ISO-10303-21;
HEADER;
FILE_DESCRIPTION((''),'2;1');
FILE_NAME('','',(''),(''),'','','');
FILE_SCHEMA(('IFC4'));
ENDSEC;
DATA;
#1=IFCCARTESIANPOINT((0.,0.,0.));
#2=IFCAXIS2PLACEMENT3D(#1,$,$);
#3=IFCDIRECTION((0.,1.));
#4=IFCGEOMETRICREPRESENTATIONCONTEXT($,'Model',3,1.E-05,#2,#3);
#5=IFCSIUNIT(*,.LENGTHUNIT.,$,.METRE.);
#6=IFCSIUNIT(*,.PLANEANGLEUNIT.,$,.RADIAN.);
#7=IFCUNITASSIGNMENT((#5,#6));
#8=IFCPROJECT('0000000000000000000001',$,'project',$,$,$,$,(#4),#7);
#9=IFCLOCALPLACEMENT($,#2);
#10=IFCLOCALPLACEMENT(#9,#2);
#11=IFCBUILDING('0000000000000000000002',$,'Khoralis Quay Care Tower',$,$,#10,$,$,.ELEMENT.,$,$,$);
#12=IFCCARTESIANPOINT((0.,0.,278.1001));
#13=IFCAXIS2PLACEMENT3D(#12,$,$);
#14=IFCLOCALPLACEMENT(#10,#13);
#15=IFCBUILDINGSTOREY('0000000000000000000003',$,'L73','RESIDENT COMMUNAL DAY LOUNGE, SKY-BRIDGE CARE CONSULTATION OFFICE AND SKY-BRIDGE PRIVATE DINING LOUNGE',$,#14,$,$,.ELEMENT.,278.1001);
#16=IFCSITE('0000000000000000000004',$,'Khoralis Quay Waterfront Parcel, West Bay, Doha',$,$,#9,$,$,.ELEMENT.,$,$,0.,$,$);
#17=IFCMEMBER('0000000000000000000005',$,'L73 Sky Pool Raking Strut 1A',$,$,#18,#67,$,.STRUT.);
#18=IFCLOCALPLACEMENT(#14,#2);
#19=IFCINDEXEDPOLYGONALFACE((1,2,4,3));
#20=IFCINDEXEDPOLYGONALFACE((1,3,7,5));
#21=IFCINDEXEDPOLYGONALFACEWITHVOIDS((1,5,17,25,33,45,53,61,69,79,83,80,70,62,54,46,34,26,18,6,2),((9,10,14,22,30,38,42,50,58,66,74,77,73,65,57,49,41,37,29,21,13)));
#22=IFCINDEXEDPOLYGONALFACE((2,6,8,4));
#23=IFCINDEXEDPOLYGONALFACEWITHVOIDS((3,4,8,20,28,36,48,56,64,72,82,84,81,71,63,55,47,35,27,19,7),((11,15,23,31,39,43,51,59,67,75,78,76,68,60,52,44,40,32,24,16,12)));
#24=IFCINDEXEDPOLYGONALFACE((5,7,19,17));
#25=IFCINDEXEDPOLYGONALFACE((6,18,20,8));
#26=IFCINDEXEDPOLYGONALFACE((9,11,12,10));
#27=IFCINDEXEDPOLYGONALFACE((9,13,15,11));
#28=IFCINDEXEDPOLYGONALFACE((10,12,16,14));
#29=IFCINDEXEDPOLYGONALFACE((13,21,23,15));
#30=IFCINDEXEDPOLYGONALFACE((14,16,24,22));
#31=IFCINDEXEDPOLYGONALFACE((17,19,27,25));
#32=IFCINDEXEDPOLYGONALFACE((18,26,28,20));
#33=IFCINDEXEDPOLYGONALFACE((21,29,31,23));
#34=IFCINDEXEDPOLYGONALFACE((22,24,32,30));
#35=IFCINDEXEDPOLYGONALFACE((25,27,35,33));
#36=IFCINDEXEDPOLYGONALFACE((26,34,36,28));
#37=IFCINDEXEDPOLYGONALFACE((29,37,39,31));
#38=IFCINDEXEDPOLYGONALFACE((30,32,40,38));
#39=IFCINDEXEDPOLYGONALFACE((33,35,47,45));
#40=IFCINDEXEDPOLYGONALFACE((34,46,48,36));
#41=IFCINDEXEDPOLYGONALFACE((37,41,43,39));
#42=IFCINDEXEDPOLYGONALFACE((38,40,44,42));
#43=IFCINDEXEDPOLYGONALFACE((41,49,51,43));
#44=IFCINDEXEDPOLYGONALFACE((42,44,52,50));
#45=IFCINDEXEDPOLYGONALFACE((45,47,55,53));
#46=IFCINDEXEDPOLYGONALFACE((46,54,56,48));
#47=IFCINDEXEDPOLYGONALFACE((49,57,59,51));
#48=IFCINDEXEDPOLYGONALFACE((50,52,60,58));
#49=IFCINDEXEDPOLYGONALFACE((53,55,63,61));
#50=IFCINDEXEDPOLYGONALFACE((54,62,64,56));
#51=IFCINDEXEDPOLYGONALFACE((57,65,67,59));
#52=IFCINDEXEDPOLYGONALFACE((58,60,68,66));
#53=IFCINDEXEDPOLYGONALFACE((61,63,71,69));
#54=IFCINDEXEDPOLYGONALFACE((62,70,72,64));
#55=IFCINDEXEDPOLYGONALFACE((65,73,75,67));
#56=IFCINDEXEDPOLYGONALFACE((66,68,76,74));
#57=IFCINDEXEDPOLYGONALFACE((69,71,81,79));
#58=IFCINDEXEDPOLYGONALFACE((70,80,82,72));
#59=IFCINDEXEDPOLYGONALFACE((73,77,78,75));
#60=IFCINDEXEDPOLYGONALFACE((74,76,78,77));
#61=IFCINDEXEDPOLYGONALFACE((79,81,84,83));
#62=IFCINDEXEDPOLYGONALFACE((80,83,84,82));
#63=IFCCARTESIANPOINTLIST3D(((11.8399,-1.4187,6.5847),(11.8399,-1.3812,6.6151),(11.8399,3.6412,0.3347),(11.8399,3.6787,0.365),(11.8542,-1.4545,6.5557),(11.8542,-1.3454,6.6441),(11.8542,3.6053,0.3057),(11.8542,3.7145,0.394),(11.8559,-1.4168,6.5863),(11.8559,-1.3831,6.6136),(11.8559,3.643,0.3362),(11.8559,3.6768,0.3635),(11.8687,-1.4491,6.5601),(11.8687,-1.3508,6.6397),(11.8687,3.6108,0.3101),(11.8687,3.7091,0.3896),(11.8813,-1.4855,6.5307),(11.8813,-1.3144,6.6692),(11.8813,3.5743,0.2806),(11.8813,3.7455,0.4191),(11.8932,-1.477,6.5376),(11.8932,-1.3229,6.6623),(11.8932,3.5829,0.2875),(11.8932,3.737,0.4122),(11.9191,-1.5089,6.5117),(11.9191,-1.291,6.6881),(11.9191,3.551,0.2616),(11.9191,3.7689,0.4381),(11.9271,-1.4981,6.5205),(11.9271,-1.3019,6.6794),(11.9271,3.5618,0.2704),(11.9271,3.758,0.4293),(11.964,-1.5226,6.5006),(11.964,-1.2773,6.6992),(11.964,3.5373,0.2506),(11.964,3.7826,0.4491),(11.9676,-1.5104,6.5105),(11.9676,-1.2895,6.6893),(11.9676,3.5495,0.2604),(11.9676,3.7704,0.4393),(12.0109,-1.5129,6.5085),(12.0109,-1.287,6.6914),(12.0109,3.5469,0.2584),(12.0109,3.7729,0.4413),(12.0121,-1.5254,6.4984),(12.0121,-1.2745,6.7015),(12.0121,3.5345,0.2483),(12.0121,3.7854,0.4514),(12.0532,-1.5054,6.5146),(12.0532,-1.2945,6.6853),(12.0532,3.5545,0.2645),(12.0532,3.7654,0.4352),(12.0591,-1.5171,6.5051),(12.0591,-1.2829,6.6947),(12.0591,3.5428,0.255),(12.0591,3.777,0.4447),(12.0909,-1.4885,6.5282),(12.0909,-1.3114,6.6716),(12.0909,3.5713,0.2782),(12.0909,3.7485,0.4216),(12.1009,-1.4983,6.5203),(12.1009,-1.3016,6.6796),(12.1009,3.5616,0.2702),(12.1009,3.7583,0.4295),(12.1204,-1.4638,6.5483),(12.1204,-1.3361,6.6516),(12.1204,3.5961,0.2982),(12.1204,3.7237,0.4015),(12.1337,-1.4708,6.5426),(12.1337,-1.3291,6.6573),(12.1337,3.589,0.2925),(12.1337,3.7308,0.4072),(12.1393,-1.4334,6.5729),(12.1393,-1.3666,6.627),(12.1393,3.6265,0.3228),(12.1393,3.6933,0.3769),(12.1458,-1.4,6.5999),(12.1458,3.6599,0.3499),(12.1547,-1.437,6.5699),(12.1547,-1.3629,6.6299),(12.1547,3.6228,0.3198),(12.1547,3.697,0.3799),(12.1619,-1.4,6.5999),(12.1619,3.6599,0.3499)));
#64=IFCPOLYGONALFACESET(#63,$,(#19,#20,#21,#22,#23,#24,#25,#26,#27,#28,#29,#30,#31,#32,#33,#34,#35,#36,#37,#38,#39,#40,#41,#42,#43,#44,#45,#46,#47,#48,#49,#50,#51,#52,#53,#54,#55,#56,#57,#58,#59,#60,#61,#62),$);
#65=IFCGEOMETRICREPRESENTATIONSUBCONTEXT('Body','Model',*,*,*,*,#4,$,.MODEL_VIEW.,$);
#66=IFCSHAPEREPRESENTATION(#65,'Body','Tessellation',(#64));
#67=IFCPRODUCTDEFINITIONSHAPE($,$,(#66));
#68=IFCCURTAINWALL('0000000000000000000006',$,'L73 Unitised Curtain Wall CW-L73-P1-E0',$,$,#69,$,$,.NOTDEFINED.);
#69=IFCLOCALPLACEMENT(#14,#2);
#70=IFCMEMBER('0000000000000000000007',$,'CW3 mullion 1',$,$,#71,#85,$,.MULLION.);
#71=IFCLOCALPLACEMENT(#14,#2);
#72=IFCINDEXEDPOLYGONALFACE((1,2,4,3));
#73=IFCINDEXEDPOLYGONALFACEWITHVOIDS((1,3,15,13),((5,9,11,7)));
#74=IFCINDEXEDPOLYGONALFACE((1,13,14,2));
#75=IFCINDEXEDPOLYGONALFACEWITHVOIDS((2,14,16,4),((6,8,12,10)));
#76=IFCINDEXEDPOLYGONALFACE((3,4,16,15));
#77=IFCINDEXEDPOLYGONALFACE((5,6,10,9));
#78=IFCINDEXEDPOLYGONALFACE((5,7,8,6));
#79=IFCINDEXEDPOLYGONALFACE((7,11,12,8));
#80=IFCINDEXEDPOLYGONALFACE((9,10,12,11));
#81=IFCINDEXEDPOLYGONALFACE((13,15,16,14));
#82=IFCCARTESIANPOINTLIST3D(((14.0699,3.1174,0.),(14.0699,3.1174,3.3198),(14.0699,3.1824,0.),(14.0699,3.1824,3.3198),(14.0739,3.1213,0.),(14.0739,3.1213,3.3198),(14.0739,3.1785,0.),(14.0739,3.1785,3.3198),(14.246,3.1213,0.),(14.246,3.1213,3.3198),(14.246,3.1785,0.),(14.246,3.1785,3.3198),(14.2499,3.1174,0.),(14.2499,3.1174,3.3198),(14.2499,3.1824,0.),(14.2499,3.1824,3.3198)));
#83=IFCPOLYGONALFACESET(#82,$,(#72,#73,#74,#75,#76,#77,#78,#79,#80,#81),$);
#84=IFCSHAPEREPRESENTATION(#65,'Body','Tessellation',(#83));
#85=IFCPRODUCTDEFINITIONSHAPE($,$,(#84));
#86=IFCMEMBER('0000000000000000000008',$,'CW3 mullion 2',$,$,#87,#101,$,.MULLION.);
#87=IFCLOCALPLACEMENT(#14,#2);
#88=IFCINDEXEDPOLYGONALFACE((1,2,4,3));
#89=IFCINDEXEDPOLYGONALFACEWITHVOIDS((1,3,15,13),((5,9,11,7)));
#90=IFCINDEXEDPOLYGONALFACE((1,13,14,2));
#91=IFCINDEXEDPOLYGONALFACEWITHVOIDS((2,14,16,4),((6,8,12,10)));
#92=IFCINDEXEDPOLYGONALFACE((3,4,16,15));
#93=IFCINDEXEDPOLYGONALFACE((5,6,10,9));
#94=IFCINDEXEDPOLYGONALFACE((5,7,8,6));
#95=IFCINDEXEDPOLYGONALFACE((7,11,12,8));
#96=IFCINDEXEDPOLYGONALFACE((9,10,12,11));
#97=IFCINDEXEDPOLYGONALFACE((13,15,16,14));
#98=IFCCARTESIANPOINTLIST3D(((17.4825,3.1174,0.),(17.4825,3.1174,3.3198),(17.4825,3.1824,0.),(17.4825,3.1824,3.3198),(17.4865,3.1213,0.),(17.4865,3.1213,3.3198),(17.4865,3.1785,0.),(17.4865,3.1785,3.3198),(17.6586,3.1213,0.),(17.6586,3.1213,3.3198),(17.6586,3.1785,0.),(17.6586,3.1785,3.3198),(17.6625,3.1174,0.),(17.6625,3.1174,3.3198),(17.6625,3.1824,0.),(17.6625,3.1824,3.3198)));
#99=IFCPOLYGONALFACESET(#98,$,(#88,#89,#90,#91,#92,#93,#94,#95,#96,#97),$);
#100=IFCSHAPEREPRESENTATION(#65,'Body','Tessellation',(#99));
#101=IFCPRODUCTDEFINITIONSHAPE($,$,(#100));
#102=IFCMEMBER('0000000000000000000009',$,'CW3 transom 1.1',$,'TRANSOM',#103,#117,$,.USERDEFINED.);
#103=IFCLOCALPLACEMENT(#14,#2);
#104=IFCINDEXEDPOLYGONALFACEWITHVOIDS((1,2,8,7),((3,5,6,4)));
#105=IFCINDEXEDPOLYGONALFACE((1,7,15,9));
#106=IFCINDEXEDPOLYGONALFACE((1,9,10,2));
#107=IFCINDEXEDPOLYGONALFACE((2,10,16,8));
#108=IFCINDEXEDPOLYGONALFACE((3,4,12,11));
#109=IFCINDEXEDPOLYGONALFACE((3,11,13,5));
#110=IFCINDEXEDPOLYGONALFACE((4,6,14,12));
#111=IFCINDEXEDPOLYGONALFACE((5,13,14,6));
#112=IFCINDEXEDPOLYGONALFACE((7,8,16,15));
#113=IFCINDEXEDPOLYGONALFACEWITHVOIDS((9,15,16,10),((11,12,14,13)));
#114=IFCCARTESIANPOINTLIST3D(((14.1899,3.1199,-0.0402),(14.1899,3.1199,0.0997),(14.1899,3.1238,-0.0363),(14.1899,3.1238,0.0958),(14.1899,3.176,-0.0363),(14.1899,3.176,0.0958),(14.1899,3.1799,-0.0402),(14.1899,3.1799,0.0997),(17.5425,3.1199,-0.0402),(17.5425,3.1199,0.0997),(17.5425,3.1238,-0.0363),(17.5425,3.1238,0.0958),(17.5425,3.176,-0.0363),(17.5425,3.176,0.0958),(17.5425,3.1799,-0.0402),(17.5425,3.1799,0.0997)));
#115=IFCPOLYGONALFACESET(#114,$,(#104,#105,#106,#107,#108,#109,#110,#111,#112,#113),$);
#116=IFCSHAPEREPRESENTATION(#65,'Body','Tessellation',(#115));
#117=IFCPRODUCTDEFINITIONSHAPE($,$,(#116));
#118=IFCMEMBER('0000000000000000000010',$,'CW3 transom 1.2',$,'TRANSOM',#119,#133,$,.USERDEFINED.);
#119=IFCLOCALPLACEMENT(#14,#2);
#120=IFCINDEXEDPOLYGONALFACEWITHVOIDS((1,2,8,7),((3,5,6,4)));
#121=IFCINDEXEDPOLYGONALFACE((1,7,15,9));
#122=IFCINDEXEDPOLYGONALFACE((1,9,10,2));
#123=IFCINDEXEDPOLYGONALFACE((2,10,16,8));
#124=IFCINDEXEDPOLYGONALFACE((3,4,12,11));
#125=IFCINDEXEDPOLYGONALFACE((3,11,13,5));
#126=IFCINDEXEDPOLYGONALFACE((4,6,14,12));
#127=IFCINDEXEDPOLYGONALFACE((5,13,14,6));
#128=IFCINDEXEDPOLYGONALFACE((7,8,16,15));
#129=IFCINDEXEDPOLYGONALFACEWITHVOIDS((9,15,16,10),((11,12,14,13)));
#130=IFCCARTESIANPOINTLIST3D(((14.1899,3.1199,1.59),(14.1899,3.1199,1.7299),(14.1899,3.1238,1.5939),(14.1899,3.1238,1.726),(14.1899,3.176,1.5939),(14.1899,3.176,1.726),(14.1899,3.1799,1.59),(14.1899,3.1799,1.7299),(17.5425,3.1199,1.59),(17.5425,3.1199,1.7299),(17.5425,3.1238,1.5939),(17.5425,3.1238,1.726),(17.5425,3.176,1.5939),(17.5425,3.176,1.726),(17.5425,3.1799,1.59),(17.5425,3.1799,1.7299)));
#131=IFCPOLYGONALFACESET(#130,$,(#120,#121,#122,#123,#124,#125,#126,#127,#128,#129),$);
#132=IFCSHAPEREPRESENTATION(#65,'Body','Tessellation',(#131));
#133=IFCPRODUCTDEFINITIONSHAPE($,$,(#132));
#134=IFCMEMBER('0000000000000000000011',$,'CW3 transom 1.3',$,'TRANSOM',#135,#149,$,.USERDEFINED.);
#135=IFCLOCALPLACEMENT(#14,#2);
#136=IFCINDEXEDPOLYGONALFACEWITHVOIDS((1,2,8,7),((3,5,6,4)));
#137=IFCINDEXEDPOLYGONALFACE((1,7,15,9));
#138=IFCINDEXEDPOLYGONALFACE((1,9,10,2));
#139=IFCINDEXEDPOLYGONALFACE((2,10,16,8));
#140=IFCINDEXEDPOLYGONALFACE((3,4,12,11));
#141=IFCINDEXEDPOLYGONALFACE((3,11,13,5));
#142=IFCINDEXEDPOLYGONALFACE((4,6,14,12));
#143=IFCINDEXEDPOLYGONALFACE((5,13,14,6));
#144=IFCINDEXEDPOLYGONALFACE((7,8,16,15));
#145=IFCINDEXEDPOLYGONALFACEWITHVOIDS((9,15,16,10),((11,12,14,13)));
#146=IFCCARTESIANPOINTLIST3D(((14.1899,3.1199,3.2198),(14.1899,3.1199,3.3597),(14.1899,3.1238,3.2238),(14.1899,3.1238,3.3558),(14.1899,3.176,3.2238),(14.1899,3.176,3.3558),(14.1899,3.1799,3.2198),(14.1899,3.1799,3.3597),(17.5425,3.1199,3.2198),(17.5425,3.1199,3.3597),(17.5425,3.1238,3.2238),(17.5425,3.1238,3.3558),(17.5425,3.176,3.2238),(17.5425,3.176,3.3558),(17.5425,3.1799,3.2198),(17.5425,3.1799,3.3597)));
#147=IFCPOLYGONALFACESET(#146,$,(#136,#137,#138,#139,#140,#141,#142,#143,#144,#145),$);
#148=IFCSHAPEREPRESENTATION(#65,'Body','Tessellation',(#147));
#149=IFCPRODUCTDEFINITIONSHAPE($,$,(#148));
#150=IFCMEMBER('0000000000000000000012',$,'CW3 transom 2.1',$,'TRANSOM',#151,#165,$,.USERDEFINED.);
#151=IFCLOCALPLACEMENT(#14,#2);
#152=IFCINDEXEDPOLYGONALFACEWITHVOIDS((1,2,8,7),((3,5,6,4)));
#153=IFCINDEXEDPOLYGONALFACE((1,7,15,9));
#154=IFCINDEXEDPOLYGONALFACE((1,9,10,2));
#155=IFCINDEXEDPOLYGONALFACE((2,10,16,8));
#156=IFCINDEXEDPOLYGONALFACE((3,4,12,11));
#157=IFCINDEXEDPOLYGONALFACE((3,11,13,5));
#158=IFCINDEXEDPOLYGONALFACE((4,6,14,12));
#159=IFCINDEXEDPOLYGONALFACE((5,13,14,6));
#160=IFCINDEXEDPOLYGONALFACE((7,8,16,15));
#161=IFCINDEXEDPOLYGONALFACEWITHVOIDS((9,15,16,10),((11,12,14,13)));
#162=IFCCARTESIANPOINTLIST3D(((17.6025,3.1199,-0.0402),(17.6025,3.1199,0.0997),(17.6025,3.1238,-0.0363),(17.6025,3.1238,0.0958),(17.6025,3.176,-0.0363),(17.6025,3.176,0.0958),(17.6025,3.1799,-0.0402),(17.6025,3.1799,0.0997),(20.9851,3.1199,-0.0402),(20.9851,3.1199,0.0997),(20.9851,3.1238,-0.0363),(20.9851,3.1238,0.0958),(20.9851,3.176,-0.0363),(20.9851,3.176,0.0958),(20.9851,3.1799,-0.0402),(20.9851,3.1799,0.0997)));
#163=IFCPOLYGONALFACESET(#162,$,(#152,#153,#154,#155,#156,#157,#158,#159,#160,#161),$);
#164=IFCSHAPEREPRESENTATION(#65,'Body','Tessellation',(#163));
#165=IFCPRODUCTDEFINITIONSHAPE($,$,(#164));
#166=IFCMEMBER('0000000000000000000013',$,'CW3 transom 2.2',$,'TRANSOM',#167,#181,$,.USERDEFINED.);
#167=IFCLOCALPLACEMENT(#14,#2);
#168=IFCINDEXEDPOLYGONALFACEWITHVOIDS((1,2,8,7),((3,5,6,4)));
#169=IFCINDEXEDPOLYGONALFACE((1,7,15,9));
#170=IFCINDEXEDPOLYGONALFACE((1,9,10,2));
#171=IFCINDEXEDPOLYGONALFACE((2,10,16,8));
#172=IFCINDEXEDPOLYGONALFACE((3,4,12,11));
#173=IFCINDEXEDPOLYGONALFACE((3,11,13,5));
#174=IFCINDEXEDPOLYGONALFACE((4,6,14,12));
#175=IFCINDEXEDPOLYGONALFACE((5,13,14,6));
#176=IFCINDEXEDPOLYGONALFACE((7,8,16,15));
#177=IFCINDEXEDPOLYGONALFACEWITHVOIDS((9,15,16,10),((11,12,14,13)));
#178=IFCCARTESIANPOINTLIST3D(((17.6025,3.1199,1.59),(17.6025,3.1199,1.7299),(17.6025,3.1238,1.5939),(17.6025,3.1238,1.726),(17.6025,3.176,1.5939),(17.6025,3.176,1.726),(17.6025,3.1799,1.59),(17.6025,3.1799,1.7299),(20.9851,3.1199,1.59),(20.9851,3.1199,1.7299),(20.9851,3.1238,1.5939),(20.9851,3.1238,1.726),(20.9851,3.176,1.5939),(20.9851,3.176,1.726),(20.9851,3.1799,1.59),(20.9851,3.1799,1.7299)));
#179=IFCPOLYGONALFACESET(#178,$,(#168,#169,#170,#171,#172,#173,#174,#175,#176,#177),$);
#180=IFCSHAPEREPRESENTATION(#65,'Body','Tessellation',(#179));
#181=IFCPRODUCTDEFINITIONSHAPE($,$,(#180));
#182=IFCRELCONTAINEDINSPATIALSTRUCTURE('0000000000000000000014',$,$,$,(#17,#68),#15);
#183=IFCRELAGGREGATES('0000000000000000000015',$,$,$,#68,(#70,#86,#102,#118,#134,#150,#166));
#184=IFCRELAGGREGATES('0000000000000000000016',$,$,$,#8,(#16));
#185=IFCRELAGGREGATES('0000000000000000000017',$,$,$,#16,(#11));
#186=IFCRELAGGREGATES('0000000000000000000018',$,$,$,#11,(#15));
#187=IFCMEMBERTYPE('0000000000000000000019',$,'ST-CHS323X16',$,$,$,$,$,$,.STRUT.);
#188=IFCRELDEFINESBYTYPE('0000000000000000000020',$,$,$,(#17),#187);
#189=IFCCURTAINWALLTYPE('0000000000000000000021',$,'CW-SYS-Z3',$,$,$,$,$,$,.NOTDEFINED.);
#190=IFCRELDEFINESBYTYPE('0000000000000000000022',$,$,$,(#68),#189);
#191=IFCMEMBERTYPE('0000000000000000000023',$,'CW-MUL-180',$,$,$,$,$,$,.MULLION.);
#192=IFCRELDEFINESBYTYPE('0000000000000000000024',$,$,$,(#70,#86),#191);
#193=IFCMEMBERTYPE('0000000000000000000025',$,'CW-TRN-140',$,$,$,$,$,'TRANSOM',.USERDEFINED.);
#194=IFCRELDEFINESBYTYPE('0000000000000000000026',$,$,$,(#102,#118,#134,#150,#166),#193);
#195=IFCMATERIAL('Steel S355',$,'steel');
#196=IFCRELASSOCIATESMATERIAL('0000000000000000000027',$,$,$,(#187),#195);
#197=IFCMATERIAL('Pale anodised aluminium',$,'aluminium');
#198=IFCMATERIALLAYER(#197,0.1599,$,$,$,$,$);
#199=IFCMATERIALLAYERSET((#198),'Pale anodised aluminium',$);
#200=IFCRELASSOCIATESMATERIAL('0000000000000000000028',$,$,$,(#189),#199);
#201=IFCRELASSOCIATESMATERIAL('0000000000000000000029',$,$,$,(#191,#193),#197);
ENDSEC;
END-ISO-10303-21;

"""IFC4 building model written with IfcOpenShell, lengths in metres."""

from ifc_helpers import new_model, si_unit, direction, frame, origin, origin_2d, place, context, subcontext, project, spatial, hollow_rectangle, hollow_circle, extrude, source, transform, mapped, material, layer, layer_set, material_profile, profile_set, type_object, element, aggregate, save


model = new_model("IFC4")

# Units and contexts
model_context = context("Model", 3, precision=1e-05, world=origin(), true_north=direction((0.0, 1.0)))
body_context = subcontext(model_context, "Body", "Model", "MODEL_VIEW")
ifc_project = project(units=[si_unit("LENGTHUNIT", "METRE"), si_unit("PLANEANGLEUNIT", "RADIAN")], contexts=[model_context])

# Site, building, storey
site_placement = place(None, origin())
site = spatial("IfcSite", under=ifc_project, at=site_placement, Name="Khoralis Quay Waterfront Parcel, West Bay, Doha", CompositionType="ELEMENT", RefElevation=0.0)
building_placement = place(site_placement, origin())
building = spatial("IfcBuilding", under=site, at=building_placement, Name="Khoralis Quay Care Tower", CompositionType="ELEMENT")
storey_placement = place(building_placement, frame((0.0, 0.0, 278.1001)))
storey = spatial("IfcBuildingStorey", under=building, at=storey_placement, Name="L73", Description="RESIDENT COMMUNAL DAY LOUNGE, SKY-BRIDGE CARE CONSULTATION OFFICE AND SKY-BRIDGE PRIVATE DINING LOUNGE", CompositionType="ELEMENT", Elevation=278.1001)

# Member
ifc_material_1 = material(Name="Steel S355", Category="steel")
ifc_material_profile_1 = material_profile(ifc_material_1, hollow_circle(Radius=0.1619, WallThickness=0.0161, at=origin_2d()), Name="Steel S355")
ifc_profile_set_1 = profile_set([ifc_material_profile_1], Name="Steel S355")
member_type_1 = type_object("IfcMemberType", Name="ST-CHS323X16", PredefinedType="STRUT", material=ifc_profile_set_1)
shared_shape_1 = source(origin(), body_context, "Body", "SweptSolid", [
    extrude(hollow_circle(Radius=0.1619, WallThickness=0.0161, at=origin_2d()), origin(), (0.0, 0.0, 1.0), 8.0415),
])
member_1_placement = place(storey_placement, frame((12.0, 3.6599, 0.3499), z_axis=(0.0, -0.62922, 0.777227), x_axis=(1.0, 0.0, 0.0)))
element("IfcMember", 1, at=member_1_placement, inside=storey, type_object=member_type_1, Name="L73 Sky Pool Raking Strut 1A", PredefinedType="STRUT", context=body_context, shape_type="MappedRepresentation", body=[
    mapped(shared_shape_1, transform((0.0, 0.0, 0.0), scale=1.0)),
])

# Curtain wall, members
ifc_material_2 = material(Name="Pale anodised aluminium", Category="aluminium")
ifc_layer_1 = layer(ifc_material_2, 0.1599)
ifc_layer_set_1 = layer_set([ifc_layer_1], Name="Pale anodised aluminium")
curtain_wall_type = type_object("IfcCurtainWallType", Name="CW-SYS-Z3", PredefinedType="NOTDEFINED", material=ifc_layer_set_1)
curtain_wall_placement = place(storey_placement, origin())
curtain_wall = element("IfcCurtainWall", 2, at=curtain_wall_placement, inside=storey, type_object=curtain_wall_type, Name="L73 Unitised Curtain Wall CW-L73-P1-E0", PredefinedType="NOTDEFINED")
ifc_material_profile_2 = material_profile(ifc_material_2, hollow_rectangle(XDim=0.0649, YDim=0.1799, WallThickness=0.0039, at=origin_2d()), Name="Pale anodised aluminium")
ifc_profile_set_2 = profile_set([ifc_material_profile_2], Name="Pale anodised aluminium")
member_type_2 = type_object("IfcMemberType", Name="CW-MUL-180", PredefinedType="MULLION", material=ifc_profile_set_2)
shared_shape_2 = source(origin(), body_context, "Body", "SweptSolid", [
    extrude(hollow_rectangle(XDim=0.0649, YDim=0.1799, WallThickness=0.0039, at=origin_2d()), origin(), (0.0, 0.0, 1.0), 3.3198),
])
member_2_placement = place(storey_placement, frame((14.1599, 3.1499, 0.0), z_axis=(0.0, 0.0, 1.0), x_axis=(0.0, 1.0, 0.0)))
member_2 = element("IfcMember", 3, at=member_2_placement, type_object=member_type_2, Name="CW3 mullion 1", PredefinedType="MULLION", context=body_context, shape_type="MappedRepresentation", body=[
    mapped(shared_shape_2, transform((0.0, 0.0, 0.0), scale=1.0)),
])
member_3_placement = place(storey_placement, frame((17.5725, 3.1499, 0.0), z_axis=(0.0, 0.0, 1.0), x_axis=(0.0, 1.0, 0.0)))
member_3 = element("IfcMember", 4, at=member_3_placement, type_object=member_type_2, Name="CW3 mullion 2", PredefinedType="MULLION", context=body_context, shape_type="MappedRepresentation", body=[
    mapped(shared_shape_2, transform((0.0, 0.0, 0.0), scale=1.0)),
])
ifc_material_profile_3 = material_profile(ifc_material_2, hollow_rectangle(XDim=0.0601, YDim=0.1399, WallThickness=0.0039, at=origin_2d()), Name="Pale anodised aluminium")
ifc_profile_set_3 = profile_set([ifc_material_profile_3], Name="Pale anodised aluminium")
member_type_3 = type_object("IfcMemberType", Name="CW-TRN-140", ElementType="TRANSOM", PredefinedType="USERDEFINED", material=ifc_profile_set_3)
shared_shape_3 = source(origin(), body_context, "Body", "SweptSolid", [
    extrude(hollow_rectangle(XDim=0.0601, YDim=0.1399, WallThickness=0.0039, at=origin_2d()), origin(), (0.0, 0.0, 1.0), 3.3525),
])
member_4_placement = place(storey_placement, frame((14.1899, 3.1499, 0.0298), z_axis=(1.0, 0.0, 0.0), x_axis=(0.0, 1.0, 0.0)))
member_4 = element("IfcMember", 5, at=member_4_placement, type_object=member_type_3, Name="CW3 transom 1.1", ObjectType="TRANSOM", PredefinedType="USERDEFINED", context=body_context, shape_type="MappedRepresentation", body=[
    mapped(shared_shape_3, transform((0.0, 0.0, 0.0), scale=1.0)),
])
member_5_placement = place(storey_placement, frame((14.1899, 3.1499, 1.6599), z_axis=(1.0, 0.0, 0.0), x_axis=(0.0, 1.0, 0.0)))
member_5 = element("IfcMember", 6, at=member_5_placement, type_object=member_type_3, Name="CW3 transom 1.2", ObjectType="TRANSOM", PredefinedType="USERDEFINED", context=body_context, shape_type="MappedRepresentation", body=[
    mapped(shared_shape_3, transform((0.0, 0.0, 0.0), scale=1.0)),
])
member_6_placement = place(storey_placement, frame((14.1899, 3.1499, 3.2898), z_axis=(1.0, 0.0, 0.0), x_axis=(0.0, 1.0, 0.0)))
member_6 = element("IfcMember", 7, at=member_6_placement, type_object=member_type_3, Name="CW3 transom 1.3", ObjectType="TRANSOM", PredefinedType="USERDEFINED", context=body_context, shape_type="MappedRepresentation", body=[
    mapped(shared_shape_3, transform((0.0, 0.0, 0.0), scale=1.0)),
])
shared_shape_4 = source(origin(), body_context, "Body", "SweptSolid", [
    extrude(hollow_rectangle(XDim=0.0601, YDim=0.1399, WallThickness=0.0039, at=origin_2d()), origin(), (0.0, 0.0, 1.0), 3.3826),
])
member_7_placement = place(storey_placement, frame((17.6025, 3.1499, 0.0298), z_axis=(1.0, 0.0, 0.0), x_axis=(0.0, 1.0, 0.0)))
member_7 = element("IfcMember", 8, at=member_7_placement, type_object=member_type_3, Name="CW3 transom 2.1", ObjectType="TRANSOM", PredefinedType="USERDEFINED", context=body_context, shape_type="MappedRepresentation", body=[
    mapped(shared_shape_4, transform((0.0, 0.0, 0.0), scale=1.0)),
])
member_8_placement = place(storey_placement, frame((17.6025, 3.1499, 1.6599), z_axis=(1.0, 0.0, 0.0), x_axis=(0.0, 1.0, 0.0)))
member_8 = element("IfcMember", 9, at=member_8_placement, type_object=member_type_3, Name="CW3 transom 2.2", ObjectType="TRANSOM", PredefinedType="USERDEFINED", context=body_context, shape_type="MappedRepresentation", body=[
    mapped(shared_shape_4, transform((0.0, 0.0, 0.0), scale=1.0)),
])
aggregate(curtain_wall, [member_2, member_3, member_4, member_5, member_6, member_7, member_8])

save(model, "model.ifc")
